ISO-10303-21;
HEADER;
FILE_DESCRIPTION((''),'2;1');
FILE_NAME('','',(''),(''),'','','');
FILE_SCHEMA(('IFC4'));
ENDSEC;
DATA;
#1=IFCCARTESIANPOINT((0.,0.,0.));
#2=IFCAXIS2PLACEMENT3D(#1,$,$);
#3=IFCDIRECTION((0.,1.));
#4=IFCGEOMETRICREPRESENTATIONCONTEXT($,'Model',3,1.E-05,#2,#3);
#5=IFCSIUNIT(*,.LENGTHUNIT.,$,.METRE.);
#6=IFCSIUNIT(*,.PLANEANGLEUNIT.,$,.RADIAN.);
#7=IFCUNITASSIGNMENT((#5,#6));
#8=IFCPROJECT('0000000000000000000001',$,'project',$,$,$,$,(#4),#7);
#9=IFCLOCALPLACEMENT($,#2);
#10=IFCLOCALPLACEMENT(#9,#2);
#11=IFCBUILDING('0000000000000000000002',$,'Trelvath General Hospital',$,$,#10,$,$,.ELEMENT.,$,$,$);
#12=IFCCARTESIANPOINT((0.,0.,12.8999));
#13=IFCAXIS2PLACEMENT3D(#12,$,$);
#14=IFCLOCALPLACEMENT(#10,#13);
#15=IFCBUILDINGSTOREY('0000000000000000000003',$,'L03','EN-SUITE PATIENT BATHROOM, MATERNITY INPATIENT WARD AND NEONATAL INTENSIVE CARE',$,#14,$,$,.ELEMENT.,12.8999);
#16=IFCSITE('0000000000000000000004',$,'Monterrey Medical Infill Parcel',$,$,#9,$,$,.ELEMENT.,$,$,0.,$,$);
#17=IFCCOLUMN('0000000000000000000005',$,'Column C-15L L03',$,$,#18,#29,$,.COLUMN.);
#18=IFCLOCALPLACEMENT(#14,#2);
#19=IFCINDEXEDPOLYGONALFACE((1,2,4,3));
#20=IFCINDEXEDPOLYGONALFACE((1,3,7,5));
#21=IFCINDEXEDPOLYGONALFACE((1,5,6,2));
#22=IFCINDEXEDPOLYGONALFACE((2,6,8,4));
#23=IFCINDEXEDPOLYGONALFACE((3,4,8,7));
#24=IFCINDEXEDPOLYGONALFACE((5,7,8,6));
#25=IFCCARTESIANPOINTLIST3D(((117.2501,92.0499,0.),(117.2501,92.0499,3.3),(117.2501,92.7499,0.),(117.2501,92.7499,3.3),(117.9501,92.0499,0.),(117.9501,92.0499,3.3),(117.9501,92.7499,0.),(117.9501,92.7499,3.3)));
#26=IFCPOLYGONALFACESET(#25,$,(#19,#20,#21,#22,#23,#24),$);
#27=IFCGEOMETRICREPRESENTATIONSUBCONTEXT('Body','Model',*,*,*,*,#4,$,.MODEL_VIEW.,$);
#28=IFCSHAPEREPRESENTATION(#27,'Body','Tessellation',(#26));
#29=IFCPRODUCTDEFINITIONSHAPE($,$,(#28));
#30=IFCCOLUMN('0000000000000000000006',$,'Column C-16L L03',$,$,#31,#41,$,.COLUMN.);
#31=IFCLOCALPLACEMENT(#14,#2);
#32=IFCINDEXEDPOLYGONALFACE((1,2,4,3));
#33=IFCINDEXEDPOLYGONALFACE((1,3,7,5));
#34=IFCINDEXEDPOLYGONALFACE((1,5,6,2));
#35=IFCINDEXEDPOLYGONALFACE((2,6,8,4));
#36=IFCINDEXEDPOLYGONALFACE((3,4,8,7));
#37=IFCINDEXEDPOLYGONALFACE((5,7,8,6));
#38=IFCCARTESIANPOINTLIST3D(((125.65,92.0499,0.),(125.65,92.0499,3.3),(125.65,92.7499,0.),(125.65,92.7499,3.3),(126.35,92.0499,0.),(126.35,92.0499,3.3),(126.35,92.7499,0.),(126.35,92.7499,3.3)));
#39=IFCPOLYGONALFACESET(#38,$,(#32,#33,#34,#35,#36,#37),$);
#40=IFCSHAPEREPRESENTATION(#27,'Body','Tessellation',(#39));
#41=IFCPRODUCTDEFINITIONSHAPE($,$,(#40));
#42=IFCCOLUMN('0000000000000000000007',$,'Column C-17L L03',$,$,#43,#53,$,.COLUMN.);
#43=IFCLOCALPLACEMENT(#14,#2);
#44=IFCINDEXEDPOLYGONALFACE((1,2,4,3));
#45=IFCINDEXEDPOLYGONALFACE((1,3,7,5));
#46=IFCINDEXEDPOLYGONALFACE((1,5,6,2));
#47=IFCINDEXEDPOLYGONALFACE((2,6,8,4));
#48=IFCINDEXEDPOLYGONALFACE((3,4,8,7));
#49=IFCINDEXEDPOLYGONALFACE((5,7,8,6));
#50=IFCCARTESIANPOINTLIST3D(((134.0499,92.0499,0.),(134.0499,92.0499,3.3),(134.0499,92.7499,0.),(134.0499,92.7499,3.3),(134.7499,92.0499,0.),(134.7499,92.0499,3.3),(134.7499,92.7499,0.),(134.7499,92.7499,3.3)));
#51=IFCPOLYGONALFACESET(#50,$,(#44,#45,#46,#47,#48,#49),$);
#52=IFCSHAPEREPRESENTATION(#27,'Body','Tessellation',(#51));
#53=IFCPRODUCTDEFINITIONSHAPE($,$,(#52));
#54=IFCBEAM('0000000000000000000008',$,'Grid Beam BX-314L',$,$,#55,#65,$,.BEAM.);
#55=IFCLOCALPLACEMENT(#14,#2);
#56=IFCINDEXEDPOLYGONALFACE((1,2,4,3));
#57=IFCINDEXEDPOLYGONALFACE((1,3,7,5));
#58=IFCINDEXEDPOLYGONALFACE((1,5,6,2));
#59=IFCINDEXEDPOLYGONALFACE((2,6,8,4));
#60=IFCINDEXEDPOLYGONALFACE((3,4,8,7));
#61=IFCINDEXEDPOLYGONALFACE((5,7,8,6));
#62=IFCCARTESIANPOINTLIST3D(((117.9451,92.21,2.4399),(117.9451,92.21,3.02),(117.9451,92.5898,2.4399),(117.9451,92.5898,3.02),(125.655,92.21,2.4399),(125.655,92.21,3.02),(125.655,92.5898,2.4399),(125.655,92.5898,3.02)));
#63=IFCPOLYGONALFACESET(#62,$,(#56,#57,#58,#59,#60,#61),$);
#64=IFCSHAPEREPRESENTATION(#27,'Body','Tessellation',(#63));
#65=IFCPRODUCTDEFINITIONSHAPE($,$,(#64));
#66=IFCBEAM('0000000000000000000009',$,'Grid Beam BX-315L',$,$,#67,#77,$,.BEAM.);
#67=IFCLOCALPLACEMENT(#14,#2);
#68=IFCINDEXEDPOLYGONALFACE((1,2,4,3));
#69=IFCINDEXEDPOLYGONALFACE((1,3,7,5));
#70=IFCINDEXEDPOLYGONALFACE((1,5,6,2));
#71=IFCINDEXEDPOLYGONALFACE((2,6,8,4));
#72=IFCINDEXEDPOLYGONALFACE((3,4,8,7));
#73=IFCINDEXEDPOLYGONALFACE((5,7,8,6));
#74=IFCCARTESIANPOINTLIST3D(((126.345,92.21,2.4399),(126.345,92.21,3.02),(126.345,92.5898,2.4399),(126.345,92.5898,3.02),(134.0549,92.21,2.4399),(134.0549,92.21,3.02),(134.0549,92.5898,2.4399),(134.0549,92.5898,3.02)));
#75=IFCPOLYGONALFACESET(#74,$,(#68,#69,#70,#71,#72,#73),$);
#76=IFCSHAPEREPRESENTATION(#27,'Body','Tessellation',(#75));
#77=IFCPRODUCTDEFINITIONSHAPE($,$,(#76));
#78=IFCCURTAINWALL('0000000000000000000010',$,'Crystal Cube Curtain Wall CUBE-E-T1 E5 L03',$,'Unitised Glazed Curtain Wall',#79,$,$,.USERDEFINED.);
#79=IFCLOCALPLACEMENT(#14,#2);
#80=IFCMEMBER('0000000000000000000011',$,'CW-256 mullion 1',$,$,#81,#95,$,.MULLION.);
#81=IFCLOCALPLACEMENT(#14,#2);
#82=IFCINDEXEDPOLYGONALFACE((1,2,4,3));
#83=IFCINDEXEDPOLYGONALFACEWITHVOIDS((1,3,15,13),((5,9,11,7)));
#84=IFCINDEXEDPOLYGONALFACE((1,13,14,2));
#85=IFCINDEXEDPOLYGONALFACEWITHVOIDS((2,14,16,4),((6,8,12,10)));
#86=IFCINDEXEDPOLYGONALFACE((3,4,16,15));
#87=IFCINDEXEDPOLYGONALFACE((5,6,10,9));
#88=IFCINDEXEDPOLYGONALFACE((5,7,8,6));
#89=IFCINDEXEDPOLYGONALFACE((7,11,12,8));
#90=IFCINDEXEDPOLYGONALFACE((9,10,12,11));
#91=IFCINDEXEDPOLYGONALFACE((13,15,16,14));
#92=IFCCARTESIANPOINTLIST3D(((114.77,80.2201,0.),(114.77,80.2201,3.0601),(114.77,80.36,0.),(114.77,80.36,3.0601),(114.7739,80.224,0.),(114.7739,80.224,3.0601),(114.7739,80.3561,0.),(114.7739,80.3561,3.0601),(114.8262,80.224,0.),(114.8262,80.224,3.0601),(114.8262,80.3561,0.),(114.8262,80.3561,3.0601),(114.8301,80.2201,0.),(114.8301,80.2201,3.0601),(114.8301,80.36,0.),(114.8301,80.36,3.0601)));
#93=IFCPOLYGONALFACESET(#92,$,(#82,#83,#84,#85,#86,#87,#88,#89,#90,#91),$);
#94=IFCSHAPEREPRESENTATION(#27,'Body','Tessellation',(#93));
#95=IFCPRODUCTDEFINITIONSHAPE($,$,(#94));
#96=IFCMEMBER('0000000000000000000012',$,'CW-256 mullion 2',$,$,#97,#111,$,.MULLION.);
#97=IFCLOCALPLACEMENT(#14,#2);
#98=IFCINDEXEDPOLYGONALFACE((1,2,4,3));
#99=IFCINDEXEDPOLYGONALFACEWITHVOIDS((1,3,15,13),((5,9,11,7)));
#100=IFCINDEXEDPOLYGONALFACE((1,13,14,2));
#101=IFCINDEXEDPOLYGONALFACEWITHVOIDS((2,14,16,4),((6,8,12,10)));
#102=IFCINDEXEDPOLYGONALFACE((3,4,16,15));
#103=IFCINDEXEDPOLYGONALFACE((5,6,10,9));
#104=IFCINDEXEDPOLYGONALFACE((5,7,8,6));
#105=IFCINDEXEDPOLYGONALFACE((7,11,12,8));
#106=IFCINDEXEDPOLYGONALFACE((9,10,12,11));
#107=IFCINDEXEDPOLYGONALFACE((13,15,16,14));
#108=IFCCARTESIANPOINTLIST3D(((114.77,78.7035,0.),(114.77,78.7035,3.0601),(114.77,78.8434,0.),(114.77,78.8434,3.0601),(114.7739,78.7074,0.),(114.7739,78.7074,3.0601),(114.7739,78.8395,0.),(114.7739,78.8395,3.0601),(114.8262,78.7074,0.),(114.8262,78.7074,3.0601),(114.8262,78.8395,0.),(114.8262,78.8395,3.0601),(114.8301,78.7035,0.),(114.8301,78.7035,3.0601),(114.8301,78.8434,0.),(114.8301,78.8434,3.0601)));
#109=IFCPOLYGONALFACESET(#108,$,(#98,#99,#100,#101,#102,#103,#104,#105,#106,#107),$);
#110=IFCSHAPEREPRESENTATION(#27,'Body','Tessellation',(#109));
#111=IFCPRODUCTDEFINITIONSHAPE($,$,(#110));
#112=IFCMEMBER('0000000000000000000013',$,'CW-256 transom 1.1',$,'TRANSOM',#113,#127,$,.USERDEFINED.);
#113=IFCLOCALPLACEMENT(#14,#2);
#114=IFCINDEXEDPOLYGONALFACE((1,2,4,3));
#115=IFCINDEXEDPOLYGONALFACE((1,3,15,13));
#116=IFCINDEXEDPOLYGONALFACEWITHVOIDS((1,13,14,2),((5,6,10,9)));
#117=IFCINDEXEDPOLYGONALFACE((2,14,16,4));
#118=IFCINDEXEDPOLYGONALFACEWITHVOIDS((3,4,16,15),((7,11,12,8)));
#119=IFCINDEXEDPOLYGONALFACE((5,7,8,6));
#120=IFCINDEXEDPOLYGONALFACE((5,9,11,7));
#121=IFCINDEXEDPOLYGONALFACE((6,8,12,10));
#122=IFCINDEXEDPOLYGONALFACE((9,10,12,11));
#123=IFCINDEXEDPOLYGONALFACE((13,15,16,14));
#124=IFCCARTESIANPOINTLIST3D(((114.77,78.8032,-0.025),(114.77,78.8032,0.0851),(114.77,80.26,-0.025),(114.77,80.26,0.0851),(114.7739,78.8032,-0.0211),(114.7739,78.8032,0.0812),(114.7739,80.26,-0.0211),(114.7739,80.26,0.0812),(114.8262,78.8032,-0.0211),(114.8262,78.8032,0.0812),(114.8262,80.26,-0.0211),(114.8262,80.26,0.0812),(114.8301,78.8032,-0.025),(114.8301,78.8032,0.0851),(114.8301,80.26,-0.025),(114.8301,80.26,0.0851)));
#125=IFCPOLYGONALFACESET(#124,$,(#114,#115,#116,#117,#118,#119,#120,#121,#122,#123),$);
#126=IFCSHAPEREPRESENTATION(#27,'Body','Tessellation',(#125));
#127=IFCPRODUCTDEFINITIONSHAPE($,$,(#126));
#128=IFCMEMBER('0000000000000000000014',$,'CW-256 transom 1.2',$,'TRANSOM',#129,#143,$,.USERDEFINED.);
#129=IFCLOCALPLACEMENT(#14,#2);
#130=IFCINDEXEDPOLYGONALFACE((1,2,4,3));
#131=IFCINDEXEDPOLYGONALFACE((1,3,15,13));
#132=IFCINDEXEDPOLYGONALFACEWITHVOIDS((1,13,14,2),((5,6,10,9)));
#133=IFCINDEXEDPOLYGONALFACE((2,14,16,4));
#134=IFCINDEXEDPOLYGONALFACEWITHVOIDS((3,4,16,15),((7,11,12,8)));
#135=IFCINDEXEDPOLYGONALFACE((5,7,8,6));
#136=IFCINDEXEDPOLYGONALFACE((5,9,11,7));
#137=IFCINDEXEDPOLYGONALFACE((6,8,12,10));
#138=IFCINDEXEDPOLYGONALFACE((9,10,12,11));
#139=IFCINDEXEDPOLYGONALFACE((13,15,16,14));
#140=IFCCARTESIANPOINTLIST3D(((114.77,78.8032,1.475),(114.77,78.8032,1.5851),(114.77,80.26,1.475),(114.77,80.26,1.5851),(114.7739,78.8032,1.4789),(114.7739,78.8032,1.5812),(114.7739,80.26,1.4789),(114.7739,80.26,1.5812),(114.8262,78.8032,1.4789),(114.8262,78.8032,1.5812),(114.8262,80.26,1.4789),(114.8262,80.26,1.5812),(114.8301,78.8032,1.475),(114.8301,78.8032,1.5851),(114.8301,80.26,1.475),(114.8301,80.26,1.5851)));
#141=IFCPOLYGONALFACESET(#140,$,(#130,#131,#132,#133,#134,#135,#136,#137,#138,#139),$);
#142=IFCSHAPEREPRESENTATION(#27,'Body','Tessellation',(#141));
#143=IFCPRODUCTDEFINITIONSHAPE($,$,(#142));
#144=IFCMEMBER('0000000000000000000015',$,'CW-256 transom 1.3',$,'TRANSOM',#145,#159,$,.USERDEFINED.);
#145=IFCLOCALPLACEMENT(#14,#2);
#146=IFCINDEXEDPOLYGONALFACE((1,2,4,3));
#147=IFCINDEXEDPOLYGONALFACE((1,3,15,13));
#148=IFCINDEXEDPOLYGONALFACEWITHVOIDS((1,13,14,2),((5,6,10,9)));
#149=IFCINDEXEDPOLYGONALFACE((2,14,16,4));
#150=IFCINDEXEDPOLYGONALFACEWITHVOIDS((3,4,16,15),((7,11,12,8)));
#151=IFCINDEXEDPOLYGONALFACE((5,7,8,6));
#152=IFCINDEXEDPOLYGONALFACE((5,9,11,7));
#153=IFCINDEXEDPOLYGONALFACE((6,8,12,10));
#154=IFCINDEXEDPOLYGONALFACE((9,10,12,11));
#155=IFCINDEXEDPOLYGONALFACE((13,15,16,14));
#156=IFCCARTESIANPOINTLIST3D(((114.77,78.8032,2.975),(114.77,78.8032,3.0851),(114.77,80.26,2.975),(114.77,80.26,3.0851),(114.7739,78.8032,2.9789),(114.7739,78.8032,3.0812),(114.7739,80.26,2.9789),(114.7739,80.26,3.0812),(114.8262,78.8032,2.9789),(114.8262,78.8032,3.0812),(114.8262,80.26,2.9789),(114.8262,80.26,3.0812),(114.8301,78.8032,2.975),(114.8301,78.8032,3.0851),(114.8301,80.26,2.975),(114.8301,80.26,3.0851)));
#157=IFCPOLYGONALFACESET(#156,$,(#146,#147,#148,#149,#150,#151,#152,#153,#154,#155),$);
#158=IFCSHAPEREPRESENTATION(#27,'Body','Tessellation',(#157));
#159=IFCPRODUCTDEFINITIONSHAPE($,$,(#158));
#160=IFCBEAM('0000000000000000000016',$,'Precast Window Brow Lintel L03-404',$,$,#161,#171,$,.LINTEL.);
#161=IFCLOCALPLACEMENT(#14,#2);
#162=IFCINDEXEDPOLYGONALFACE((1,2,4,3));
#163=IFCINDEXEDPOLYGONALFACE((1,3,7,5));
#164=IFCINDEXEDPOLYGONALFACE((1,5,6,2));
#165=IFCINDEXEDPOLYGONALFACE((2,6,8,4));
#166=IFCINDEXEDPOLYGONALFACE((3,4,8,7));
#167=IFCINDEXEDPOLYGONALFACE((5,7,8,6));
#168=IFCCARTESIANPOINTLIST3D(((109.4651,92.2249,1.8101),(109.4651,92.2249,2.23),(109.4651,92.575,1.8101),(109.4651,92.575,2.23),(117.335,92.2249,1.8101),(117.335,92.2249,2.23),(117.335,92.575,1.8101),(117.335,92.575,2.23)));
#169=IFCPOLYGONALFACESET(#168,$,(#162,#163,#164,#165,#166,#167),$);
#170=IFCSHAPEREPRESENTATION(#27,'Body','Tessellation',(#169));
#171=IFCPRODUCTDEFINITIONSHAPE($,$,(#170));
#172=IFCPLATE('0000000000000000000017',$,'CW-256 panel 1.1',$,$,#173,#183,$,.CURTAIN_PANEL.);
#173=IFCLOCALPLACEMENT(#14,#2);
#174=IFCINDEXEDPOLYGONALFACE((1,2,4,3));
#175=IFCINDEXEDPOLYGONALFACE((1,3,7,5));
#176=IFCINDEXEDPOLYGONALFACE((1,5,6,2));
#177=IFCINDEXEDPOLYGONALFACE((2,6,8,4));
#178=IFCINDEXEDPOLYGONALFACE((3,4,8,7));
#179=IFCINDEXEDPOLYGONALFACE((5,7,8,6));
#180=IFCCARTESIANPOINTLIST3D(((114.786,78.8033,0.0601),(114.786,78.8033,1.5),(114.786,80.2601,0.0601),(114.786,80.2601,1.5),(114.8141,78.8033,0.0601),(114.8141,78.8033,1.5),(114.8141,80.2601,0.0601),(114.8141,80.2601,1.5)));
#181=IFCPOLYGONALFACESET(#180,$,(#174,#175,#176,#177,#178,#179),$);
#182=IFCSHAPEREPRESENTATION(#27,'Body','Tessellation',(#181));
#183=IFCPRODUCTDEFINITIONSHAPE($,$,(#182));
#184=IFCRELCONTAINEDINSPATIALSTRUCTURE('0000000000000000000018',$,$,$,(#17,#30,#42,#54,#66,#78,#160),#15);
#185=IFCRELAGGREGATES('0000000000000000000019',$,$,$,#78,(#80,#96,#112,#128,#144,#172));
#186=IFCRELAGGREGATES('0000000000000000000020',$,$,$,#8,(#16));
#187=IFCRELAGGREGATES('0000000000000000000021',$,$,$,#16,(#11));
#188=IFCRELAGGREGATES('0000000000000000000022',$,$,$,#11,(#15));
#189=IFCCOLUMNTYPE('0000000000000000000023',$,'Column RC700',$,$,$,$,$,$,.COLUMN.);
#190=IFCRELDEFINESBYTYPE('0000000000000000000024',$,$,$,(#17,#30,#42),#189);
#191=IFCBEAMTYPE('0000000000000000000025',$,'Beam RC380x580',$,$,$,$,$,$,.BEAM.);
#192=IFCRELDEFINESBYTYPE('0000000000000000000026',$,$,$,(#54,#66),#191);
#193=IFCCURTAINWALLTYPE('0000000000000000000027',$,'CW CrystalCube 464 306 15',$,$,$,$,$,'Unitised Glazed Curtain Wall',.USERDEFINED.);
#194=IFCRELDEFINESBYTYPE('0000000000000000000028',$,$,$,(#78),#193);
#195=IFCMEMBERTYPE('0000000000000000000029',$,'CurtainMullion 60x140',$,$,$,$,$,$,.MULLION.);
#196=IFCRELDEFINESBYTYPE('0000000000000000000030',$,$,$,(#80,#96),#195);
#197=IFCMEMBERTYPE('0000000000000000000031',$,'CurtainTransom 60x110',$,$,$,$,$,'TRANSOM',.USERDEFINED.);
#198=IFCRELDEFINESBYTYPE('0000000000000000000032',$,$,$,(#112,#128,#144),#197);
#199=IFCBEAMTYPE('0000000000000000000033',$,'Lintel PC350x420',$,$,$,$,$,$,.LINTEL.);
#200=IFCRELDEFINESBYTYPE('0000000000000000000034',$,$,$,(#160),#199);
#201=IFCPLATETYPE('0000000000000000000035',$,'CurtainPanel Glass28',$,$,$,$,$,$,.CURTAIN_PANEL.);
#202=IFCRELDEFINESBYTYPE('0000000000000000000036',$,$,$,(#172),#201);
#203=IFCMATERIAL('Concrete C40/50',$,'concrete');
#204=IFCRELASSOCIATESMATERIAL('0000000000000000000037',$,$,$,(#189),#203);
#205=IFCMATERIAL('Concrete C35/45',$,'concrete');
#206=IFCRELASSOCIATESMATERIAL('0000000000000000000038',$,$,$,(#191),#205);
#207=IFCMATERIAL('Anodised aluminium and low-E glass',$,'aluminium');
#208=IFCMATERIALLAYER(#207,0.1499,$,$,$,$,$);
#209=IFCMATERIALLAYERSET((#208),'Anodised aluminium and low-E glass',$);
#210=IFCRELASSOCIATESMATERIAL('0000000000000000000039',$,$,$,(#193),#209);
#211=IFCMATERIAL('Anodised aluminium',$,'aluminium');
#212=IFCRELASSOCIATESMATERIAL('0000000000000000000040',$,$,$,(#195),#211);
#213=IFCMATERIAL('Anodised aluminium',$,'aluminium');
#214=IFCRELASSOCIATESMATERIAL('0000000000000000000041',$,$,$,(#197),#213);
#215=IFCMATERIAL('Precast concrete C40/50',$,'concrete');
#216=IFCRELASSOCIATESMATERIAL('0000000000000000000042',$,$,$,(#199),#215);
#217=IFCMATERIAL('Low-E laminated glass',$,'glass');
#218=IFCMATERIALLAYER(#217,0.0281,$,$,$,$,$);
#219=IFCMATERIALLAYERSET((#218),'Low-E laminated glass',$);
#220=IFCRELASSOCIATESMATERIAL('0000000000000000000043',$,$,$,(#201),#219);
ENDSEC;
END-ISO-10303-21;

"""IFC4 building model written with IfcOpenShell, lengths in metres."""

from ifc_helpers import new_model, si_unit, direction, frame, origin, origin_2d, place, context, subcontext, project, spatial, rectangle, hollow_rectangle, extrude, material, layer, layer_set, material_profile, profile_set, type_object, element, aggregate, save


model = new_model("IFC4")

# Units and contexts
model_context = context("Model", 3, precision=1e-05, world=origin(), true_north=direction((0.0, 1.0)))
body_context = subcontext(model_context, "Body", "Model", "MODEL_VIEW")
ifc_project = project(units=[si_unit("LENGTHUNIT", "METRE"), si_unit("PLANEANGLEUNIT", "RADIAN")], contexts=[model_context])

# Site, building, storey
site_placement = place(None, origin())
site = spatial("IfcSite", under=ifc_project, at=site_placement, Name="Monterrey Medical Infill Parcel", CompositionType="ELEMENT", RefElevation=0.0)
building_placement = place(site_placement, origin())
building = spatial("IfcBuilding", under=site, at=building_placement, Name="Trelvath General Hospital", CompositionType="ELEMENT")
storey_placement = place(building_placement, frame((0.0, 0.0, 12.8999)))
storey = spatial("IfcBuildingStorey", under=building, at=storey_placement, Name="L03", Description="EN-SUITE PATIENT BATHROOM, MATERNITY INPATIENT WARD AND NEONATAL INTENSIVE CARE", CompositionType="ELEMENT", Elevation=12.8999)

# Columns
ifc_material_1 = material(Name="Concrete C40/50", Category="concrete")
ifc_material_profile_1 = material_profile(ifc_material_1, rectangle(XDim=0.7, YDim=0.7, at=origin_2d()), Name="RC700x700")
ifc_profile_set_1 = profile_set([ifc_material_profile_1], Name="Concrete C40/50")
column_type = type_object("IfcColumnType", Name="Column RC700", PredefinedType="COLUMN", material=ifc_profile_set_1)
for number, where, z_axis, x_axis, name in (
    (1, (117.6001, 92.3999, 0.0), (0.0, 0.0, 1.0), (1.0, 0.0, 0.0), "Column C-15L L03"),
    (2, (126.0, 92.3999, 0.0), (0.0, 0.0, 1.0), (1.0, 0.0, 0.0), "Column C-16L L03"),
    (3, (134.3999, 92.3999, 0.0), (0.0, 0.0, 1.0), (1.0, 0.0, 0.0), "Column C-17L L03"),
):
    element("IfcColumn", number, at=place(storey_placement, frame(where, z_axis=z_axis, x_axis=x_axis)), inside=storey, type_object=column_type, Name=name, PredefinedType="COLUMN", context=body_context, shape_type="SweptSolid", body=[
        extrude(rectangle(XDim=0.7, YDim=0.7, at=origin_2d()), origin(), (0.0, 0.0, 1.0), 3.3),
    ])

# Beams
ifc_material_2 = material(Name="Concrete C35/45", Category="concrete")
ifc_material_profile_2 = material_profile(ifc_material_2, rectangle(XDim=0.3799, YDim=0.5801, at=origin_2d()), Name="RCB380x580")
ifc_profile_set_2 = profile_set([ifc_material_profile_2], Name="Concrete C35/45")
beam_type_1 = type_object("IfcBeamType", Name="Beam RC380x580", PredefinedType="BEAM", material=ifc_profile_set_2)
for number, where, z_axis, x_axis, name in (
    (4, (117.9451, 92.3999, 2.73), (1.0, 0.0, 0.0), (0.0, 1.0, 0.0), "Grid Beam BX-314L"),
    (5, (126.345, 92.3999, 2.73), (1.0, 0.0, 0.0), (0.0, 1.0, 0.0), "Grid Beam BX-315L"),
):
    element("IfcBeam", number, at=place(storey_placement, frame(where, z_axis=z_axis, x_axis=x_axis)), inside=storey, type_object=beam_type_1, Name=name, PredefinedType="BEAM", context=body_context, shape_type="SweptSolid", body=[
        extrude(rectangle(XDim=0.3799, YDim=0.5801, at=origin_2d()), origin(), (0.0, 0.0, 1.0), 7.71),
    ])

# Curtain wall, members
ifc_material_3 = material(Name="Anodised aluminium and low-E glass", Category="aluminium")
ifc_layer_1 = layer(ifc_material_3, 0.1499)
ifc_layer_set_1 = layer_set([ifc_layer_1], Name="Anodised aluminium and low-E glass")
curtain_wall_type = type_object("IfcCurtainWallType", Name="CW CrystalCube 464 306 15", ElementType="Unitised Glazed Curtain Wall", PredefinedType="USERDEFINED", material=ifc_layer_set_1)
curtain_wall_placement = place(storey_placement, origin())
curtain_wall = element("IfcCurtainWall", 6, at=curtain_wall_placement, inside=storey, type_object=curtain_wall_type, Name="Crystal Cube Curtain Wall CUBE-E-T1 E5 L03", ObjectType="Unitised Glazed Curtain Wall", PredefinedType="USERDEFINED")
ifc_material_4 = material(Name="Anodised aluminium", Category="aluminium")
ifc_material_profile_3 = material_profile(ifc_material_4, hollow_rectangle(XDim=0.0601, YDim=0.1399, WallThickness=0.0039, at=origin_2d()), Name="RHS60x140x4")
ifc_profile_set_3 = profile_set([ifc_material_profile_3], Name="Anodised aluminium")
member_type_1 = type_object("IfcMemberType", Name="CurtainMullion 60x140", PredefinedType="MULLION", material=ifc_profile_set_3)
member_1_placement = place(storey_placement, frame((114.8, 80.29, 0.0), z_axis=(0.0, 0.0, 1.0), x_axis=(1.0, 0.0, 0.0)))
member_1 = element("IfcMember", 7, at=member_1_placement, type_object=member_type_1, Name="CW-256 mullion 1", PredefinedType="MULLION", context=body_context, shape_type="SweptSolid", body=[
    extrude(hollow_rectangle(XDim=0.0601, YDim=0.1399, WallThickness=0.0039, at=origin_2d()), origin(), (0.0, 0.0, 1.0), 3.0601),
])
member_2_placement = place(storey_placement, frame((114.8, 78.7734, 0.0), z_axis=(0.0, 0.0, 1.0), x_axis=(1.0, 0.0, 0.0)))
member_2 = element("IfcMember", 8, at=member_2_placement, type_object=member_type_1, Name="CW-256 mullion 2", PredefinedType="MULLION", context=body_context, shape_type="SweptSolid", body=[
    extrude(hollow_rectangle(XDim=0.0601, YDim=0.1399, WallThickness=0.0039, at=origin_2d()), origin(), (0.0, 0.0, 1.0), 3.0601),
])
ifc_material_5 = material(Name="Anodised aluminium", Category="aluminium")
ifc_material_profile_4 = material_profile(ifc_material_5, hollow_rectangle(XDim=0.0601, YDim=0.1101, WallThickness=0.0039, at=origin_2d()), Name="RHS60x110x4")
ifc_profile_set_4 = profile_set([ifc_material_profile_4], Name="Anodised aluminium")
member_type_2 = type_object("IfcMemberType", Name="CurtainTransom 60x110", ElementType="TRANSOM", PredefinedType="USERDEFINED", material=ifc_profile_set_4)
member_3_placement = place(storey_placement, frame((114.8, 80.26, 0.03), z_axis=(0.0, -1.0, 0.0), x_axis=(1.0, 0.0, 0.0)))
member_3 = element("IfcMember", 9, at=member_3_placement, type_object=member_type_2, Name="CW-256 transom 1.1", ObjectType="TRANSOM", PredefinedType="USERDEFINED", context=body_context, shape_type="SweptSolid", body=[
    extrude(hollow_rectangle(XDim=0.0601, YDim=0.1101, WallThickness=0.0039, at=origin_2d()), origin(), (0.0, 0.0, 1.0), 1.4568),
])
member_4_placement = place(storey_placement, frame((114.8, 80.26, 1.53), z_axis=(0.0, -1.0, 0.0), x_axis=(1.0, 0.0, 0.0)))
member_4 = element("IfcMember", 10, at=member_4_placement, type_object=member_type_2, Name="CW-256 transom 1.2", ObjectType="TRANSOM", PredefinedType="USERDEFINED", context=body_context, shape_type="SweptSolid", body=[
    extrude(hollow_rectangle(XDim=0.0601, YDim=0.1101, WallThickness=0.0039, at=origin_2d()), origin(), (0.0, 0.0, 1.0), 1.4568),
])
member_5_placement = place(storey_placement, frame((114.8, 80.26, 3.03), z_axis=(0.0, -1.0, 0.0), x_axis=(1.0, 0.0, 0.0)))
member_5 = element("IfcMember", 11, at=member_5_placement, type_object=member_type_2, Name="CW-256 transom 1.3", ObjectType="TRANSOM", PredefinedType="USERDEFINED", context=body_context, shape_type="SweptSolid", body=[
    extrude(hollow_rectangle(XDim=0.0601, YDim=0.1101, WallThickness=0.0039, at=origin_2d()), origin(), (0.0, 0.0, 1.0), 1.4568),
])

# Beam
ifc_material_6 = material(Name="Precast concrete C40/50", Category="concrete")
ifc_material_profile_5 = material_profile(ifc_material_6, rectangle(XDim=0.3501, YDim=0.4199, at=origin_2d()), Name="PCL350x420")
ifc_profile_set_5 = profile_set([ifc_material_profile_5], Name="Precast concrete C40/50")
beam_type_2 = type_object("IfcBeamType", Name="Lintel PC350x420", PredefinedType="LINTEL", material=ifc_profile_set_5)
beam_placement = place(storey_placement, frame((117.335, 92.3999, 2.02), z_axis=(-1.0, 0.0, 0.0), x_axis=(0.0, -1.0, 0.0)))
element("IfcBeam", 12, at=beam_placement, inside=storey, type_object=beam_type_2, Name="Precast Window Brow Lintel L03-404", PredefinedType="LINTEL", context=body_context, shape_type="SweptSolid", body=[
    extrude(rectangle(XDim=0.3501, YDim=0.4199, at=origin_2d()), origin(), (0.0, 0.0, 1.0), 7.8699),
])

# Plate
ifc_material_7 = material(Name="Low-E laminated glass", Category="glass")
ifc_layer_2 = layer(ifc_material_7, 0.0281)
ifc_layer_set_2 = layer_set([ifc_layer_2], Name="Low-E laminated glass")
plate_type = type_object("IfcPlateType", Name="CurtainPanel Glass28", PredefinedType="CURTAIN_PANEL", material=ifc_layer_set_2)
plate_1_placement = place(storey_placement, frame((114.8, 79.5317, 0.0601), z_axis=(0.0, 0.0, 1.0), x_axis=(0.0, -1.0, 0.0)))
plate_1 = element("IfcPlate", 13, at=plate_1_placement, type_object=plate_type, Name="CW-256 panel 1.1", PredefinedType="CURTAIN_PANEL", context=body_context, shape_type="SweptSolid", body=[
    extrude(rectangle(XDim=1.4568, YDim=0.0281, at=origin_2d()), origin(), (0.0, 0.0, 1.0), 1.4399),
])
aggregate(curtain_wall, [member_1, member_2, member_3, member_4, member_5, plate_1])

save(model, "model.ifc")
